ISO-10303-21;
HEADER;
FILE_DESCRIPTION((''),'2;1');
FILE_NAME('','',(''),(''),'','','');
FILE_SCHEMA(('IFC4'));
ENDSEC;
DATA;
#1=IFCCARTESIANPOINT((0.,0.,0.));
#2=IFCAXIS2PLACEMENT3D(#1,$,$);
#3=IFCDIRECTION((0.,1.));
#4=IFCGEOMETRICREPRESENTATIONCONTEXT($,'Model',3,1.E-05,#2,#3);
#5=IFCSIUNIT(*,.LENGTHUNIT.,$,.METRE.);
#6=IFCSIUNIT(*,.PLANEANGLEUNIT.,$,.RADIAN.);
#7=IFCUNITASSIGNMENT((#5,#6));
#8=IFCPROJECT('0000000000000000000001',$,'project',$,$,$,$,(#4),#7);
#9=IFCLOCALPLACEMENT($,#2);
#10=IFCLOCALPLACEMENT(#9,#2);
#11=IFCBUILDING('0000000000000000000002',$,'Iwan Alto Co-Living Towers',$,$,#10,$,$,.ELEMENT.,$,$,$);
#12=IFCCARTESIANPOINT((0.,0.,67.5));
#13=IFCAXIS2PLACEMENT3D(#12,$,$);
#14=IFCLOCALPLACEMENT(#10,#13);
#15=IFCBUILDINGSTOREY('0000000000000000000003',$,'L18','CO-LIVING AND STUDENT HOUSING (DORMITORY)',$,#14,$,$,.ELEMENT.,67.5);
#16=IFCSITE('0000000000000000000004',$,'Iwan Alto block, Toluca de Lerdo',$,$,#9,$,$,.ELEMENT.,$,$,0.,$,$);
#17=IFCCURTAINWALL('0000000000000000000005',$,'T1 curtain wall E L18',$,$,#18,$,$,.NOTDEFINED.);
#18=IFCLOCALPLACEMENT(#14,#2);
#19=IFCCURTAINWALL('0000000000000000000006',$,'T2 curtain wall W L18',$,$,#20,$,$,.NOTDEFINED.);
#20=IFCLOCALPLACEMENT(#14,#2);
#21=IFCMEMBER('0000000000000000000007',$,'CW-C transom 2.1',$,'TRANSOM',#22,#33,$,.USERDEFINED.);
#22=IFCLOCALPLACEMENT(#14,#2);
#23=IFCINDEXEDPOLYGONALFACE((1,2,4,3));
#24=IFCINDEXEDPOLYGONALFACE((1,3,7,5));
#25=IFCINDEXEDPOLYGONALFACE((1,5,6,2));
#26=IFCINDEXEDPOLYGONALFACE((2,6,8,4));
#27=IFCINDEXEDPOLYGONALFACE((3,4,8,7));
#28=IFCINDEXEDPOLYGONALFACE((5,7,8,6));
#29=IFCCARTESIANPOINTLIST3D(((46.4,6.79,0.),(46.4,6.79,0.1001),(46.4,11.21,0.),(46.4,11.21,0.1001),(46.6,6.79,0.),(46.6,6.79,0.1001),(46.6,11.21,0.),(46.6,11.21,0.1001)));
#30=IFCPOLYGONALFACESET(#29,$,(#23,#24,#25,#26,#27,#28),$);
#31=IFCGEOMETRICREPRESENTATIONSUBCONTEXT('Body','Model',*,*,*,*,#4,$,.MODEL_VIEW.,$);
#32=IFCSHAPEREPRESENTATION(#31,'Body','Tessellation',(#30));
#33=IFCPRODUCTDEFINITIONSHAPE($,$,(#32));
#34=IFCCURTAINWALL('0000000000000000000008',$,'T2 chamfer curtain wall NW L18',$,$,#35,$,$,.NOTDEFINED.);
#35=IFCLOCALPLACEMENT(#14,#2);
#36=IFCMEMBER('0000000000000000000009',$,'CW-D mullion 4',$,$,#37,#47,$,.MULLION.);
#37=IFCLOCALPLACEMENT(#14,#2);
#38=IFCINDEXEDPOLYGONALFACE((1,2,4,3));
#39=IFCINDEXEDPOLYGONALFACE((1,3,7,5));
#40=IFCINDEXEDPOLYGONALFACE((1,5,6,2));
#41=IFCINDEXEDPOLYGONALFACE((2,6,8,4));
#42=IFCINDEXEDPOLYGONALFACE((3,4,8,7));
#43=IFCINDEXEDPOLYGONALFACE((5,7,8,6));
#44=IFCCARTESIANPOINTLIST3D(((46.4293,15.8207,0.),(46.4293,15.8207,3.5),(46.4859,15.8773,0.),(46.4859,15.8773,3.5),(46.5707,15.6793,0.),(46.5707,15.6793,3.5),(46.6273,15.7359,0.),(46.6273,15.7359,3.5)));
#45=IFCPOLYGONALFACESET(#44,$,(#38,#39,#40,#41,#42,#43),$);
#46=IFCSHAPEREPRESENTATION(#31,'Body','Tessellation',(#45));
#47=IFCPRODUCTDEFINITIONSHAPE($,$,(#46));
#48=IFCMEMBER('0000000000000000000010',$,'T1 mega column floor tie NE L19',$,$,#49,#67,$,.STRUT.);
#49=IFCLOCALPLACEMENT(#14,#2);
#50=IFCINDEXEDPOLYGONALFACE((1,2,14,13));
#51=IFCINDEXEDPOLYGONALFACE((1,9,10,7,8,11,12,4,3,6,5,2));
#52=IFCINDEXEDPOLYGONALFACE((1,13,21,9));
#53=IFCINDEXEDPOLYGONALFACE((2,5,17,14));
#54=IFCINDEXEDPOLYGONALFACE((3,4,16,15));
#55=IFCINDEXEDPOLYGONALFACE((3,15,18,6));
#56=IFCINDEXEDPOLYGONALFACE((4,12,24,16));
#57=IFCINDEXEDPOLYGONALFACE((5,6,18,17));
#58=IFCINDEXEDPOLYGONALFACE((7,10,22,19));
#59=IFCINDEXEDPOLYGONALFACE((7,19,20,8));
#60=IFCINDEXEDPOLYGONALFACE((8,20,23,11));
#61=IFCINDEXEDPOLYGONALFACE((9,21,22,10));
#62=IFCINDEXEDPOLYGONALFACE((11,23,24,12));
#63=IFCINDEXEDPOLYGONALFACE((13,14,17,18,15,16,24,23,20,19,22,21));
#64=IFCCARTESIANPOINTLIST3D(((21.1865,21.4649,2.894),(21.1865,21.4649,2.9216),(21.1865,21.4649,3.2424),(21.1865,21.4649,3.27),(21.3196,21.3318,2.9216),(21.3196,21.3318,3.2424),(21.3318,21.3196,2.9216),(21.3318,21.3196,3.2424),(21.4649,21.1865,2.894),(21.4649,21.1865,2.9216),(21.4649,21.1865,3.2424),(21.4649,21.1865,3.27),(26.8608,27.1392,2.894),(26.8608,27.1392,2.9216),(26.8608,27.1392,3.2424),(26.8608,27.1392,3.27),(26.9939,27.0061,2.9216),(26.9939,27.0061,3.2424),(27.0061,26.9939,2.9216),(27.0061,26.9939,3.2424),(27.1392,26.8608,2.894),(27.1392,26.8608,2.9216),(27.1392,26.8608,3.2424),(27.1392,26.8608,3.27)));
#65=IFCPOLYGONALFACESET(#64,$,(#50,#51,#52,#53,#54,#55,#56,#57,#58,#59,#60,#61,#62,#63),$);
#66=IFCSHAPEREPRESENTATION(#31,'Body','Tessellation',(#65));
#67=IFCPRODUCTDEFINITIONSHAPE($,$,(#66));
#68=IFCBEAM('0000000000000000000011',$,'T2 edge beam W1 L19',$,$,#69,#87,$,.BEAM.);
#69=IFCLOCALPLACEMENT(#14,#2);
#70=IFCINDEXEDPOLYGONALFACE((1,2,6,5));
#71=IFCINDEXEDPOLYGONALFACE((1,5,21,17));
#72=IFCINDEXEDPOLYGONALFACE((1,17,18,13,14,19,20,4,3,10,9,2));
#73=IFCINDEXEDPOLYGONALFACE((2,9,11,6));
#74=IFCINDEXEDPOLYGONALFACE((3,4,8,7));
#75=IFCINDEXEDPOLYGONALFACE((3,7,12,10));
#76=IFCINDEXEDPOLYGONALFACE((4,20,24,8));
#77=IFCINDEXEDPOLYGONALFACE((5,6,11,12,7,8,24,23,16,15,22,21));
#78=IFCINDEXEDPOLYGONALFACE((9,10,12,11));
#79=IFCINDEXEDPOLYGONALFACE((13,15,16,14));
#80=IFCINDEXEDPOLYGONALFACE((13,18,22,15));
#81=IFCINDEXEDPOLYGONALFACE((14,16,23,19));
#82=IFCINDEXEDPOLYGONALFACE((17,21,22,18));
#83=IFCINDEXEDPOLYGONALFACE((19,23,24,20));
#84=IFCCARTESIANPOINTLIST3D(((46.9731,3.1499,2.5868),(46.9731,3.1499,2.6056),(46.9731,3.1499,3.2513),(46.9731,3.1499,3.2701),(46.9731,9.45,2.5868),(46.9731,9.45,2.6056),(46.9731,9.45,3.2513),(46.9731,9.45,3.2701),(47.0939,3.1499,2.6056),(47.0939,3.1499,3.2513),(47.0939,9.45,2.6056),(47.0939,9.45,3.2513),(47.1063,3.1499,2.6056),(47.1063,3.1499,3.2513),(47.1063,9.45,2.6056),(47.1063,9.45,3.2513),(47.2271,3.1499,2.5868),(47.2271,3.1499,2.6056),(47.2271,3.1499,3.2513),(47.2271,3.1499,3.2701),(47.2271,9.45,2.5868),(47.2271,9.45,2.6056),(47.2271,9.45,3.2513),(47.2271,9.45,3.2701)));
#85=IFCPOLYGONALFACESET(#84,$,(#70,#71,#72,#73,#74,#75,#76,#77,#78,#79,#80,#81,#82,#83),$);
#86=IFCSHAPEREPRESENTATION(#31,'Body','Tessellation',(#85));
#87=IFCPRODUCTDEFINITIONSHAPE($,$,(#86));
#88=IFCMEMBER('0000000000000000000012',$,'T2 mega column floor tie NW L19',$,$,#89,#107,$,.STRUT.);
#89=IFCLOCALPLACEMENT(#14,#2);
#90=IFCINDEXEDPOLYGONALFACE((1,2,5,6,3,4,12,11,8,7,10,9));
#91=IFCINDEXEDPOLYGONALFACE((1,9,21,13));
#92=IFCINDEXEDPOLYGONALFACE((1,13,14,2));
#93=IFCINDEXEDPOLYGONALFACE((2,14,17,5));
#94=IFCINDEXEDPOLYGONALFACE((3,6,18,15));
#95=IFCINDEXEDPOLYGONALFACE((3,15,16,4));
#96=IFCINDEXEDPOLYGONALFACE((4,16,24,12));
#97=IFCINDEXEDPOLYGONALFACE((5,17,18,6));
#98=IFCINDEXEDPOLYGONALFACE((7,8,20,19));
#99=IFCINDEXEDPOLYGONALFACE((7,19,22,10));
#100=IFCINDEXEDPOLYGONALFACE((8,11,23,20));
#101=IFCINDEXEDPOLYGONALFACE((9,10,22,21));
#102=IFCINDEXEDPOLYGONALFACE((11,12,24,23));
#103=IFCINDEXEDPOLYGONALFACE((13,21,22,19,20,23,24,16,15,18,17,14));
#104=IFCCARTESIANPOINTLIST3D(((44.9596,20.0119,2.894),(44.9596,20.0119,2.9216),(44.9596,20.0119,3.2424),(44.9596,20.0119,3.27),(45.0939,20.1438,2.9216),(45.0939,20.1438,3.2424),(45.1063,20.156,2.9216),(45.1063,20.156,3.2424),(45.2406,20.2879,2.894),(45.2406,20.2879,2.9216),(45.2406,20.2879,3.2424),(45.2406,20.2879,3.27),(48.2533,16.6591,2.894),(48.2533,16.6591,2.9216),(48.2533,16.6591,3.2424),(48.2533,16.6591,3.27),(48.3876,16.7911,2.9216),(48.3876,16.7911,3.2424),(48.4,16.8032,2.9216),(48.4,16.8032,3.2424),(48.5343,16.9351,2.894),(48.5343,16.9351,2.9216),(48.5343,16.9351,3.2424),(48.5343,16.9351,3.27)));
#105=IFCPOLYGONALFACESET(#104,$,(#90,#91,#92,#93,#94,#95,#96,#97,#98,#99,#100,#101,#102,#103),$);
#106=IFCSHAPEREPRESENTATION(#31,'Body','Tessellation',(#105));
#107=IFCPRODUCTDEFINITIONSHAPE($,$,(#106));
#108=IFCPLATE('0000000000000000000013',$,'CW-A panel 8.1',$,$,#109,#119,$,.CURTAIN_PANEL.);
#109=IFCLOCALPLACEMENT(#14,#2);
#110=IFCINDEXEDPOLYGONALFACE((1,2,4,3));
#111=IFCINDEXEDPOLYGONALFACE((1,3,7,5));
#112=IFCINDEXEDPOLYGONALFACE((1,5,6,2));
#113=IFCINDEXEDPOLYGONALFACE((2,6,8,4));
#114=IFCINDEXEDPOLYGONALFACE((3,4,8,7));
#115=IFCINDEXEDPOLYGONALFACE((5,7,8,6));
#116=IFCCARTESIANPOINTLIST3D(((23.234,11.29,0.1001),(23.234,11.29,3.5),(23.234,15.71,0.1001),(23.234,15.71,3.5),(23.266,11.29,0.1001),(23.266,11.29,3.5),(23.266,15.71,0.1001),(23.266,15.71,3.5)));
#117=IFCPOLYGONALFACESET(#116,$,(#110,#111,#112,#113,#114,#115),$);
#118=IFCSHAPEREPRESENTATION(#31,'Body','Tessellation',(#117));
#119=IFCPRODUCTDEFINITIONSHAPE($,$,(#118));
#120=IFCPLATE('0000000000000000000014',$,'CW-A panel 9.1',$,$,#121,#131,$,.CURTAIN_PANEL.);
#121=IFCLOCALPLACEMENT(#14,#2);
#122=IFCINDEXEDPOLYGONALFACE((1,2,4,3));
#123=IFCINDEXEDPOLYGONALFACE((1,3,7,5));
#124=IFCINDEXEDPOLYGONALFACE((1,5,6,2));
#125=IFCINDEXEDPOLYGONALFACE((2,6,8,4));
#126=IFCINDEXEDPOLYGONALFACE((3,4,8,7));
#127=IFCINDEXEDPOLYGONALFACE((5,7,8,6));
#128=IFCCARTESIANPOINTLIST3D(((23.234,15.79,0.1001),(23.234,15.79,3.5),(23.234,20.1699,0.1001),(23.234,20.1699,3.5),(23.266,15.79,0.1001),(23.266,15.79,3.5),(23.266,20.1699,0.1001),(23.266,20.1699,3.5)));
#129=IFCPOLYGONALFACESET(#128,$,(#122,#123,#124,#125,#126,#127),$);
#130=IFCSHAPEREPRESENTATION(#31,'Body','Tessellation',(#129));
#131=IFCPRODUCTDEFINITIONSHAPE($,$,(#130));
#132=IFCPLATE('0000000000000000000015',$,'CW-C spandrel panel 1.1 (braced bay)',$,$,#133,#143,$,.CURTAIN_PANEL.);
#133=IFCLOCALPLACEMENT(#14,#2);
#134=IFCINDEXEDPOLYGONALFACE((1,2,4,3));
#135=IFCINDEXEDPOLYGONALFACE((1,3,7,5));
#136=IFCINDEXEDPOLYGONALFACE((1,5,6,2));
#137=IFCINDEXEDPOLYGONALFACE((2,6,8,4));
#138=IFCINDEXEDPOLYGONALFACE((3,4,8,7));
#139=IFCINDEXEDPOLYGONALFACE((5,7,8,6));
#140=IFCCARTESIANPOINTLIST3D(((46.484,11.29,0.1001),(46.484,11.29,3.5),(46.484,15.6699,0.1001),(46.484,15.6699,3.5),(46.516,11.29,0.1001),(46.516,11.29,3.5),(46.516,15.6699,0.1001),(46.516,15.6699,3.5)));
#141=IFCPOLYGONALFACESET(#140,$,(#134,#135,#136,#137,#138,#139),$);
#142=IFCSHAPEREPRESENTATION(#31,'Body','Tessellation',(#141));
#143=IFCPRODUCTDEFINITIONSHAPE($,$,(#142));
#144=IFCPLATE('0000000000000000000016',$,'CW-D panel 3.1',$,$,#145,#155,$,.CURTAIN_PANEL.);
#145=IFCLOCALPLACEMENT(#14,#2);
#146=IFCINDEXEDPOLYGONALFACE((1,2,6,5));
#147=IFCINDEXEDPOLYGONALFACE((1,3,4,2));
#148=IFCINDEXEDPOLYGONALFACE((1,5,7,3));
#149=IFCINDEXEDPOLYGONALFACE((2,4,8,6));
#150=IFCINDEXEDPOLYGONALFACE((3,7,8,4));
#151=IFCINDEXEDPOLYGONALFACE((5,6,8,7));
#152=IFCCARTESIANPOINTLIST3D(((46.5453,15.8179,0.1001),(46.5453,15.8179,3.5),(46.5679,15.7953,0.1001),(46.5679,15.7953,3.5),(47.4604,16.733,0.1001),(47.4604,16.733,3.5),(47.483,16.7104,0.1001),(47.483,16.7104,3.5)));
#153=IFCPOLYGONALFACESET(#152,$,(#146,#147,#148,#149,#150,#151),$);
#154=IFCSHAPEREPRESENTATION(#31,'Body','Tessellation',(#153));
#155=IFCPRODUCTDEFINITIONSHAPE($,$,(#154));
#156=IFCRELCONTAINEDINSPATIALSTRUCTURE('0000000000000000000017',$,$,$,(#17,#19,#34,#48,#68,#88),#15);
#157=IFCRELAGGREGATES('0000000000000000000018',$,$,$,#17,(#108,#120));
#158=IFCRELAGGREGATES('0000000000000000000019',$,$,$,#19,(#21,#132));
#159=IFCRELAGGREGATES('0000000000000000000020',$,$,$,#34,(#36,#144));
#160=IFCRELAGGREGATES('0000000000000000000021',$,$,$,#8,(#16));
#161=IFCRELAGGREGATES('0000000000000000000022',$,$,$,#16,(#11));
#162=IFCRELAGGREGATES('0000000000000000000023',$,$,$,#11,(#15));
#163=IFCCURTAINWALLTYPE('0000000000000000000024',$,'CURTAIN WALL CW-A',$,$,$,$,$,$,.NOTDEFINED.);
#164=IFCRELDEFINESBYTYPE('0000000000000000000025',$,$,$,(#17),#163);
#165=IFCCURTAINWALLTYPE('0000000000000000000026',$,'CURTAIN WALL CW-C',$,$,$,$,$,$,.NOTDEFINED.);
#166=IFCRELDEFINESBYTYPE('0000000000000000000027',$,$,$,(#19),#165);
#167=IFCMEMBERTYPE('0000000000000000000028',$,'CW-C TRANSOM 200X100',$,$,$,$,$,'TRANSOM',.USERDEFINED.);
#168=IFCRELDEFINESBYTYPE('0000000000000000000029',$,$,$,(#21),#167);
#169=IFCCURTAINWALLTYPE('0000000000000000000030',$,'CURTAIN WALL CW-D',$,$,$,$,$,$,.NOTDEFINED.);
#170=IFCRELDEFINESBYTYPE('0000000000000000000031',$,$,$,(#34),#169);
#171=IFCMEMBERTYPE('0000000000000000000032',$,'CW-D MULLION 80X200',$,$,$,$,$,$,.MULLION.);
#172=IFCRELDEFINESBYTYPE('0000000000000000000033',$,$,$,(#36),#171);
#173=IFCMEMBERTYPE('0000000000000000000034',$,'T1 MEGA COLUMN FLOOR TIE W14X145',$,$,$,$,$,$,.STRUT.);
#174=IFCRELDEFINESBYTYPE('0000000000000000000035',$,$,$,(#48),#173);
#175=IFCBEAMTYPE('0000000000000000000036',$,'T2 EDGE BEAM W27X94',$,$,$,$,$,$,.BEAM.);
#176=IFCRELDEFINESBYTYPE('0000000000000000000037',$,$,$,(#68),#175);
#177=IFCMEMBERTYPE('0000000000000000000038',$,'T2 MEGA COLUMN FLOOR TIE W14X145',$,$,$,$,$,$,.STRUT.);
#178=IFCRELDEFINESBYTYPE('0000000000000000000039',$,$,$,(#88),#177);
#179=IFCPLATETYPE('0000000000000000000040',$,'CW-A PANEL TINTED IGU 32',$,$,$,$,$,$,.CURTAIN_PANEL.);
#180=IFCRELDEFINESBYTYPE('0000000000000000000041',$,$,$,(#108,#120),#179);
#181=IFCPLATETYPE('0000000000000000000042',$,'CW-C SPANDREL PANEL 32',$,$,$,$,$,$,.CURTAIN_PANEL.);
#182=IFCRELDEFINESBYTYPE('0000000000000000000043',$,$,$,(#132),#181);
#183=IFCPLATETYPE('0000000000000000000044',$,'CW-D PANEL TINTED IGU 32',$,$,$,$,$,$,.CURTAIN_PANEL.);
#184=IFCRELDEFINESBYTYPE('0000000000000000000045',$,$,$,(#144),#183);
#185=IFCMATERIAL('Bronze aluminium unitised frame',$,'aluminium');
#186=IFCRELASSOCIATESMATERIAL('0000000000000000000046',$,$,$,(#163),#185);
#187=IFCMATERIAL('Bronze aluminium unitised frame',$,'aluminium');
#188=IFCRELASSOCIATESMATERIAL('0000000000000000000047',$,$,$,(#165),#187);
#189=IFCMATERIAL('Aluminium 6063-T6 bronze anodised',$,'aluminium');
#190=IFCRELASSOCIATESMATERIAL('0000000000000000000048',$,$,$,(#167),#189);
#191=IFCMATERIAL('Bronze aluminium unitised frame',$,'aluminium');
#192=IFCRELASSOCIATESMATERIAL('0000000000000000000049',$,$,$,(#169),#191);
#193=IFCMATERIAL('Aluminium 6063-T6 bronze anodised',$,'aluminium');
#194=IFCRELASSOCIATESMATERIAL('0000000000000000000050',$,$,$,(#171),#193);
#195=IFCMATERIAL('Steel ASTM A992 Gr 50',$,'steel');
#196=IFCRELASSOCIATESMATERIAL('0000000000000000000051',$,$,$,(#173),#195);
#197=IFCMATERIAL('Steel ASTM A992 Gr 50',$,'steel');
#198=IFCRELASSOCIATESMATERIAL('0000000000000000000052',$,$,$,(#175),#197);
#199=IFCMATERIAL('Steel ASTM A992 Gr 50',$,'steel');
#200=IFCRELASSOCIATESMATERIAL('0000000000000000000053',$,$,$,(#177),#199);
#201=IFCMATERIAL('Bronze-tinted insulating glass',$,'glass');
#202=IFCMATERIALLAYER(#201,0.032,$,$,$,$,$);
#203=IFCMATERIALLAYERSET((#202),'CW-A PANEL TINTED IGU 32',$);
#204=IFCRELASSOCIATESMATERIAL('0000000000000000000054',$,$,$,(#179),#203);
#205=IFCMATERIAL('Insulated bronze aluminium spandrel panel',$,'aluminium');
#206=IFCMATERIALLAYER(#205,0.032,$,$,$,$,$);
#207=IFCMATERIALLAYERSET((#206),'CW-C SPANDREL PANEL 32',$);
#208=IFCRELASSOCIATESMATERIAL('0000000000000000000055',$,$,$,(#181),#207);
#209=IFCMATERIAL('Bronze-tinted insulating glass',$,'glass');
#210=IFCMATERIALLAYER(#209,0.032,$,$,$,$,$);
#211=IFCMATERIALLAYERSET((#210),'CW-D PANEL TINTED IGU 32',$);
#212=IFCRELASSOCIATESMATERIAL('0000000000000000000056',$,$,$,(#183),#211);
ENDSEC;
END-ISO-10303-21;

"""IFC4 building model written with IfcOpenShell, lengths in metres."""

from ifc_helpers import new_model, si_unit, direction, frame, origin, origin_2d, place, context, subcontext, project, spatial, rectangle, i_section, extrude, material, layer, layer_set, material_profile, profile_set, type_object, element, aggregate, save


model = new_model("IFC4")

# Units and contexts
model_context = context("Model", 3, precision=1e-05, world=origin(), true_north=direction((0.0, 1.0)))
body_context = subcontext(model_context, "Body", "Model", "MODEL_VIEW")
ifc_project = project(units=[si_unit("LENGTHUNIT", "METRE"), si_unit("PLANEANGLEUNIT", "RADIAN")], contexts=[model_context])

# Site, building, storey
site_placement = place(None, origin())
site = spatial("IfcSite", under=ifc_project, at=site_placement, Name="Iwan Alto block, Toluca de Lerdo", CompositionType="ELEMENT", RefElevation=0.0)
building_placement = place(site_placement, origin())
building = spatial("IfcBuilding", under=site, at=building_placement, Name="Iwan Alto Co-Living Towers", CompositionType="ELEMENT")
storey_placement = place(building_placement, frame((0.0, 0.0, 67.5)))
storey = spatial("IfcBuildingStorey", under=building, at=storey_placement, Name="L18", Description="CO-LIVING AND STUDENT HOUSING (DORMITORY)", CompositionType="ELEMENT", Elevation=67.5)

# Curtain walls, member
ifc_material_1 = material(Name="Bronze aluminium unitised frame", Category="aluminium")
curtain_wall_type_1 = type_object("IfcCurtainWallType", Name="CURTAIN WALL CW-A", PredefinedType="NOTDEFINED", material=ifc_material_1)
curtain_wall_1_placement = place(storey_placement, origin())
curtain_wall_1 = element("IfcCurtainWall", 1, at=curtain_wall_1_placement, inside=storey, type_object=curtain_wall_type_1, Name="T1 curtain wall E L18", PredefinedType="NOTDEFINED")
ifc_material_2 = material(Name="Bronze aluminium unitised frame", Category="aluminium")
curtain_wall_type_2 = type_object("IfcCurtainWallType", Name="CURTAIN WALL CW-C", PredefinedType="NOTDEFINED", material=ifc_material_2)
curtain_wall_2_placement = place(storey_placement, origin())
curtain_wall_2 = element("IfcCurtainWall", 2, at=curtain_wall_2_placement, inside=storey, type_object=curtain_wall_type_2, Name="T2 curtain wall W L18", PredefinedType="NOTDEFINED")
ifc_material_3 = material(Name="Aluminium 6063-T6 bronze anodised", Category="aluminium")
ifc_material_profile_1 = material_profile(ifc_material_3, rectangle(XDim=0.2, YDim=0.1001, at=origin_2d()), Name="AL 200X100")
ifc_profile_set_1 = profile_set([ifc_material_profile_1], Name="Aluminium 6063-T6 bronze anodised")
member_type_1 = type_object("IfcMemberType", Name="CW-C TRANSOM 200X100", ElementType="TRANSOM", PredefinedType="USERDEFINED", material=ifc_profile_set_1)
member_1_placement = place(storey_placement, frame((46.5, 11.21, 0.05), z_axis=(0.0, -1.0, 0.0), x_axis=(1.0, 0.0, 0.0)))
member_1 = element("IfcMember", 3, at=member_1_placement, type_object=member_type_1, Name="CW-C transom 2.1", ObjectType="TRANSOM", PredefinedType="USERDEFINED", context=body_context, shape_type="SweptSolid", body=[
    extrude(rectangle(XDim=0.2, YDim=0.1001, at=origin_2d()), origin(), (0.0, 0.0, 1.0), 4.4199),
])

# Curtain wall, member
ifc_material_4 = material(Name="Bronze aluminium unitised frame", Category="aluminium")
curtain_wall_type_3 = type_object("IfcCurtainWallType", Name="CURTAIN WALL CW-D", PredefinedType="NOTDEFINED", material=ifc_material_4)
curtain_wall_3_placement = place(storey_placement, origin())
curtain_wall_3 = element("IfcCurtainWall", 4, at=curtain_wall_3_placement, inside=storey, type_object=curtain_wall_type_3, Name="T2 chamfer curtain wall NW L18", PredefinedType="NOTDEFINED")
ifc_material_5 = material(Name="Aluminium 6063-T6 bronze anodised", Category="aluminium")
ifc_material_profile_2 = material_profile(ifc_material_5, rectangle(XDim=0.2, YDim=0.0801, at=origin_2d()), Name="AL 80X200")
ifc_profile_set_2 = profile_set([ifc_material_profile_2], Name="Aluminium 6063-T6 bronze anodised")
member_type_2 = type_object("IfcMemberType", Name="CW-D MULLION 80X200", PredefinedType="MULLION", material=ifc_profile_set_2)
member_2_placement = place(storey_placement, frame((46.5283, 15.7783, 0.0), z_axis=(0.0, 0.0, 1.0), x_axis=(0.707107, -0.707107, 0.0)))
member_2 = element("IfcMember", 5, at=member_2_placement, type_object=member_type_2, Name="CW-D mullion 4", PredefinedType="MULLION", context=body_context, shape_type="SweptSolid", body=[
    extrude(rectangle(XDim=0.2, YDim=0.0801, at=origin_2d()), origin(), (0.0, 0.0, 1.0), 3.5),
])

# Member
ifc_material_6 = material(Name="Steel ASTM A992 Gr 50", Category="steel")
ifc_material_profile_3 = material_profile(ifc_material_6, i_section(OverallWidth=0.3938, OverallDepth=0.376, WebThickness=0.0173, FlangeThickness=0.0276, at=origin_2d()), Name="W14X145")
ifc_profile_set_3 = profile_set([ifc_material_profile_3], Name="Steel ASTM A992 Gr 50")
member_type_3 = type_object("IfcMemberType", Name="T1 MEGA COLUMN FLOOR TIE W14X145", PredefinedType="STRUT", material=ifc_profile_set_3)
member_3_placement = place(storey_placement, frame((27.0, 27.0, 3.082), z_axis=(-0.707107, -0.707107, 0.0), x_axis=(0.707107, -0.707107, 0.0)))
element("IfcMember", 6, at=member_3_placement, inside=storey, type_object=member_type_3, Name="T1 mega column floor tie NE L19", PredefinedType="STRUT", context=body_context, shape_type="SweptSolid", body=[
    extrude(i_section(OverallWidth=0.3938, OverallDepth=0.376, WebThickness=0.0173, FlangeThickness=0.0276, at=origin_2d()), origin(), (0.0, 0.0, 1.0), 8.0247),
])

# Beam
ifc_material_7 = material(Name="Steel ASTM A992 Gr 50", Category="steel")
ifc_material_profile_4 = material_profile(ifc_material_7, i_section(OverallWidth=0.2539, OverallDepth=0.6833, WebThickness=0.0125, FlangeThickness=0.0188, at=origin_2d()), Name="W27X94")
ifc_profile_set_4 = profile_set([ifc_material_profile_4], Name="Steel ASTM A992 Gr 50")
beam_type = type_object("IfcBeamType", Name="T2 EDGE BEAM W27X94", PredefinedType="BEAM", material=ifc_profile_set_4)
beam_placement = place(storey_placement, frame((47.1001, 9.45, 2.9285), z_axis=(0.0, -1.0, 0.0), x_axis=(1.0, 0.0, 0.0)))
element("IfcBeam", 7, at=beam_placement, inside=storey, type_object=beam_type, Name="T2 edge beam W1 L19", PredefinedType="BEAM", context=body_context, shape_type="SweptSolid", body=[
    extrude(i_section(OverallWidth=0.2539, OverallDepth=0.6833, WebThickness=0.0125, FlangeThickness=0.0188, at=origin_2d()), origin(), (0.0, 0.0, 1.0), 6.3),
])

# Member
ifc_material_8 = material(Name="Steel ASTM A992 Gr 50", Category="steel")
ifc_material_profile_5 = material_profile(ifc_material_8, i_section(OverallWidth=0.3938, OverallDepth=0.376, WebThickness=0.0173, FlangeThickness=0.0276, at=origin_2d()), Name="W14X145")
ifc_profile_set_5 = profile_set([ifc_material_profile_5], Name="Steel ASTM A992 Gr 50")
member_type_4 = type_object("IfcMemberType", Name="T2 MEGA COLUMN FLOOR TIE W14X145", PredefinedType="STRUT", material=ifc_profile_set_5)
member_4_placement = place(storey_placement, frame((45.1001, 20.1499, 3.082), z_axis=(0.700793, -0.713364, 0.0), x_axis=(0.713364, 0.700793, 0.0)))
element("IfcMember", 8, at=member_4_placement, inside=storey, type_object=member_type_4, Name="T2 mega column floor tie NW L19", PredefinedType="STRUT", context=body_context, shape_type="SweptSolid", body=[
    extrude(i_section(OverallWidth=0.3938, OverallDepth=0.376, WebThickness=0.0173, FlangeThickness=0.0276, at=origin_2d()), origin(), (0.0, 0.0, 1.0), 4.7),
])

# Plates
ifc_material_9 = material(Name="Bronze-tinted insulating glass", Category="glass")
ifc_layer_1 = layer(ifc_material_9, 0.032)
ifc_layer_set_1 = layer_set([ifc_layer_1], Name="CW-A PANEL TINTED IGU 32")
plate_type_1 = type_object("IfcPlateType", Name="CW-A PANEL TINTED IGU 32", PredefinedType="CURTAIN_PANEL", material=ifc_layer_set_1)
plate_1_placement = place(storey_placement, frame((23.25, 13.5, 0.1001), z_axis=(0.0, 0.0, 1.0), x_axis=(0.0, 1.0, 0.0)))
plate_1 = element("IfcPlate", 9, at=plate_1_placement, type_object=plate_type_1, Name="CW-A panel 8.1", PredefinedType="CURTAIN_PANEL", context=body_context, shape_type="SweptSolid", body=[
    extrude(rectangle(XDim=4.4199, YDim=0.032, at=origin_2d()), origin(), (0.0, 0.0, 1.0), 3.3999),
])
plate_2_placement = place(storey_placement, frame((23.25, 17.98, 0.1001), z_axis=(0.0, 0.0, 1.0), x_axis=(0.0, 1.0, 0.0)))
plate_2 = element("IfcPlate", 10, at=plate_2_placement, type_object=plate_type_1, Name="CW-A panel 9.1", PredefinedType="CURTAIN_PANEL", context=body_context, shape_type="SweptSolid", body=[
    extrude(rectangle(XDim=4.3799, YDim=0.032, at=origin_2d()), origin(), (0.0, 0.0, 1.0), 3.3999),
])
aggregate(curtain_wall_1, [plate_1, plate_2])
ifc_material_10 = material(Name="Insulated bronze aluminium spandrel panel", Category="aluminium")
ifc_layer_2 = layer(ifc_material_10, 0.032)
ifc_layer_set_2 = layer_set([ifc_layer_2], Name="CW-C SPANDREL PANEL 32")
plate_type_2 = type_object("IfcPlateType", Name="CW-C SPANDREL PANEL 32", PredefinedType="CURTAIN_PANEL", material=ifc_layer_set_2)
plate_3_placement = place(storey_placement, frame((46.5, 13.48, 0.1001), z_axis=(0.0, 0.0, 1.0), x_axis=(0.0, -1.0, 0.0)))
plate_3 = element("IfcPlate", 11, at=plate_3_placement, type_object=plate_type_2, Name="CW-C spandrel panel 1.1 (braced bay)", PredefinedType="CURTAIN_PANEL", context=body_context, shape_type="SweptSolid", body=[
    extrude(rectangle(XDim=4.3799, YDim=0.032, at=origin_2d()), origin(), (0.0, 0.0, 1.0), 3.3999),
])
aggregate(curtain_wall_2, [member_1, plate_3])
ifc_material_11 = material(Name="Bronze-tinted insulating glass", Category="glass")
ifc_layer_3 = layer(ifc_material_11, 0.032)
ifc_layer_set_3 = layer_set([ifc_layer_3], Name="CW-D PANEL TINTED IGU 32")
plate_type_3 = type_object("IfcPlateType", Name="CW-D PANEL TINTED IGU 32", PredefinedType="CURTAIN_PANEL", material=ifc_layer_set_3)
plate_4_placement = place(storey_placement, frame((47.0142, 16.2642, 0.1001), z_axis=(0.0, 0.0, 1.0), x_axis=(-0.707107, -0.707107, 0.0)))
plate_4 = element("IfcPlate", 12, at=plate_4_placement, type_object=plate_type_3, Name="CW-D panel 3.1", PredefinedType="CURTAIN_PANEL", context=body_context, shape_type="SweptSolid", body=[
    extrude(rectangle(XDim=1.2942, YDim=0.032, at=origin_2d()), origin(), (0.0, 0.0, 1.0), 3.3999),
])
aggregate(curtain_wall_3, [member_2, plate_4])

save(model, "model.ifc")
